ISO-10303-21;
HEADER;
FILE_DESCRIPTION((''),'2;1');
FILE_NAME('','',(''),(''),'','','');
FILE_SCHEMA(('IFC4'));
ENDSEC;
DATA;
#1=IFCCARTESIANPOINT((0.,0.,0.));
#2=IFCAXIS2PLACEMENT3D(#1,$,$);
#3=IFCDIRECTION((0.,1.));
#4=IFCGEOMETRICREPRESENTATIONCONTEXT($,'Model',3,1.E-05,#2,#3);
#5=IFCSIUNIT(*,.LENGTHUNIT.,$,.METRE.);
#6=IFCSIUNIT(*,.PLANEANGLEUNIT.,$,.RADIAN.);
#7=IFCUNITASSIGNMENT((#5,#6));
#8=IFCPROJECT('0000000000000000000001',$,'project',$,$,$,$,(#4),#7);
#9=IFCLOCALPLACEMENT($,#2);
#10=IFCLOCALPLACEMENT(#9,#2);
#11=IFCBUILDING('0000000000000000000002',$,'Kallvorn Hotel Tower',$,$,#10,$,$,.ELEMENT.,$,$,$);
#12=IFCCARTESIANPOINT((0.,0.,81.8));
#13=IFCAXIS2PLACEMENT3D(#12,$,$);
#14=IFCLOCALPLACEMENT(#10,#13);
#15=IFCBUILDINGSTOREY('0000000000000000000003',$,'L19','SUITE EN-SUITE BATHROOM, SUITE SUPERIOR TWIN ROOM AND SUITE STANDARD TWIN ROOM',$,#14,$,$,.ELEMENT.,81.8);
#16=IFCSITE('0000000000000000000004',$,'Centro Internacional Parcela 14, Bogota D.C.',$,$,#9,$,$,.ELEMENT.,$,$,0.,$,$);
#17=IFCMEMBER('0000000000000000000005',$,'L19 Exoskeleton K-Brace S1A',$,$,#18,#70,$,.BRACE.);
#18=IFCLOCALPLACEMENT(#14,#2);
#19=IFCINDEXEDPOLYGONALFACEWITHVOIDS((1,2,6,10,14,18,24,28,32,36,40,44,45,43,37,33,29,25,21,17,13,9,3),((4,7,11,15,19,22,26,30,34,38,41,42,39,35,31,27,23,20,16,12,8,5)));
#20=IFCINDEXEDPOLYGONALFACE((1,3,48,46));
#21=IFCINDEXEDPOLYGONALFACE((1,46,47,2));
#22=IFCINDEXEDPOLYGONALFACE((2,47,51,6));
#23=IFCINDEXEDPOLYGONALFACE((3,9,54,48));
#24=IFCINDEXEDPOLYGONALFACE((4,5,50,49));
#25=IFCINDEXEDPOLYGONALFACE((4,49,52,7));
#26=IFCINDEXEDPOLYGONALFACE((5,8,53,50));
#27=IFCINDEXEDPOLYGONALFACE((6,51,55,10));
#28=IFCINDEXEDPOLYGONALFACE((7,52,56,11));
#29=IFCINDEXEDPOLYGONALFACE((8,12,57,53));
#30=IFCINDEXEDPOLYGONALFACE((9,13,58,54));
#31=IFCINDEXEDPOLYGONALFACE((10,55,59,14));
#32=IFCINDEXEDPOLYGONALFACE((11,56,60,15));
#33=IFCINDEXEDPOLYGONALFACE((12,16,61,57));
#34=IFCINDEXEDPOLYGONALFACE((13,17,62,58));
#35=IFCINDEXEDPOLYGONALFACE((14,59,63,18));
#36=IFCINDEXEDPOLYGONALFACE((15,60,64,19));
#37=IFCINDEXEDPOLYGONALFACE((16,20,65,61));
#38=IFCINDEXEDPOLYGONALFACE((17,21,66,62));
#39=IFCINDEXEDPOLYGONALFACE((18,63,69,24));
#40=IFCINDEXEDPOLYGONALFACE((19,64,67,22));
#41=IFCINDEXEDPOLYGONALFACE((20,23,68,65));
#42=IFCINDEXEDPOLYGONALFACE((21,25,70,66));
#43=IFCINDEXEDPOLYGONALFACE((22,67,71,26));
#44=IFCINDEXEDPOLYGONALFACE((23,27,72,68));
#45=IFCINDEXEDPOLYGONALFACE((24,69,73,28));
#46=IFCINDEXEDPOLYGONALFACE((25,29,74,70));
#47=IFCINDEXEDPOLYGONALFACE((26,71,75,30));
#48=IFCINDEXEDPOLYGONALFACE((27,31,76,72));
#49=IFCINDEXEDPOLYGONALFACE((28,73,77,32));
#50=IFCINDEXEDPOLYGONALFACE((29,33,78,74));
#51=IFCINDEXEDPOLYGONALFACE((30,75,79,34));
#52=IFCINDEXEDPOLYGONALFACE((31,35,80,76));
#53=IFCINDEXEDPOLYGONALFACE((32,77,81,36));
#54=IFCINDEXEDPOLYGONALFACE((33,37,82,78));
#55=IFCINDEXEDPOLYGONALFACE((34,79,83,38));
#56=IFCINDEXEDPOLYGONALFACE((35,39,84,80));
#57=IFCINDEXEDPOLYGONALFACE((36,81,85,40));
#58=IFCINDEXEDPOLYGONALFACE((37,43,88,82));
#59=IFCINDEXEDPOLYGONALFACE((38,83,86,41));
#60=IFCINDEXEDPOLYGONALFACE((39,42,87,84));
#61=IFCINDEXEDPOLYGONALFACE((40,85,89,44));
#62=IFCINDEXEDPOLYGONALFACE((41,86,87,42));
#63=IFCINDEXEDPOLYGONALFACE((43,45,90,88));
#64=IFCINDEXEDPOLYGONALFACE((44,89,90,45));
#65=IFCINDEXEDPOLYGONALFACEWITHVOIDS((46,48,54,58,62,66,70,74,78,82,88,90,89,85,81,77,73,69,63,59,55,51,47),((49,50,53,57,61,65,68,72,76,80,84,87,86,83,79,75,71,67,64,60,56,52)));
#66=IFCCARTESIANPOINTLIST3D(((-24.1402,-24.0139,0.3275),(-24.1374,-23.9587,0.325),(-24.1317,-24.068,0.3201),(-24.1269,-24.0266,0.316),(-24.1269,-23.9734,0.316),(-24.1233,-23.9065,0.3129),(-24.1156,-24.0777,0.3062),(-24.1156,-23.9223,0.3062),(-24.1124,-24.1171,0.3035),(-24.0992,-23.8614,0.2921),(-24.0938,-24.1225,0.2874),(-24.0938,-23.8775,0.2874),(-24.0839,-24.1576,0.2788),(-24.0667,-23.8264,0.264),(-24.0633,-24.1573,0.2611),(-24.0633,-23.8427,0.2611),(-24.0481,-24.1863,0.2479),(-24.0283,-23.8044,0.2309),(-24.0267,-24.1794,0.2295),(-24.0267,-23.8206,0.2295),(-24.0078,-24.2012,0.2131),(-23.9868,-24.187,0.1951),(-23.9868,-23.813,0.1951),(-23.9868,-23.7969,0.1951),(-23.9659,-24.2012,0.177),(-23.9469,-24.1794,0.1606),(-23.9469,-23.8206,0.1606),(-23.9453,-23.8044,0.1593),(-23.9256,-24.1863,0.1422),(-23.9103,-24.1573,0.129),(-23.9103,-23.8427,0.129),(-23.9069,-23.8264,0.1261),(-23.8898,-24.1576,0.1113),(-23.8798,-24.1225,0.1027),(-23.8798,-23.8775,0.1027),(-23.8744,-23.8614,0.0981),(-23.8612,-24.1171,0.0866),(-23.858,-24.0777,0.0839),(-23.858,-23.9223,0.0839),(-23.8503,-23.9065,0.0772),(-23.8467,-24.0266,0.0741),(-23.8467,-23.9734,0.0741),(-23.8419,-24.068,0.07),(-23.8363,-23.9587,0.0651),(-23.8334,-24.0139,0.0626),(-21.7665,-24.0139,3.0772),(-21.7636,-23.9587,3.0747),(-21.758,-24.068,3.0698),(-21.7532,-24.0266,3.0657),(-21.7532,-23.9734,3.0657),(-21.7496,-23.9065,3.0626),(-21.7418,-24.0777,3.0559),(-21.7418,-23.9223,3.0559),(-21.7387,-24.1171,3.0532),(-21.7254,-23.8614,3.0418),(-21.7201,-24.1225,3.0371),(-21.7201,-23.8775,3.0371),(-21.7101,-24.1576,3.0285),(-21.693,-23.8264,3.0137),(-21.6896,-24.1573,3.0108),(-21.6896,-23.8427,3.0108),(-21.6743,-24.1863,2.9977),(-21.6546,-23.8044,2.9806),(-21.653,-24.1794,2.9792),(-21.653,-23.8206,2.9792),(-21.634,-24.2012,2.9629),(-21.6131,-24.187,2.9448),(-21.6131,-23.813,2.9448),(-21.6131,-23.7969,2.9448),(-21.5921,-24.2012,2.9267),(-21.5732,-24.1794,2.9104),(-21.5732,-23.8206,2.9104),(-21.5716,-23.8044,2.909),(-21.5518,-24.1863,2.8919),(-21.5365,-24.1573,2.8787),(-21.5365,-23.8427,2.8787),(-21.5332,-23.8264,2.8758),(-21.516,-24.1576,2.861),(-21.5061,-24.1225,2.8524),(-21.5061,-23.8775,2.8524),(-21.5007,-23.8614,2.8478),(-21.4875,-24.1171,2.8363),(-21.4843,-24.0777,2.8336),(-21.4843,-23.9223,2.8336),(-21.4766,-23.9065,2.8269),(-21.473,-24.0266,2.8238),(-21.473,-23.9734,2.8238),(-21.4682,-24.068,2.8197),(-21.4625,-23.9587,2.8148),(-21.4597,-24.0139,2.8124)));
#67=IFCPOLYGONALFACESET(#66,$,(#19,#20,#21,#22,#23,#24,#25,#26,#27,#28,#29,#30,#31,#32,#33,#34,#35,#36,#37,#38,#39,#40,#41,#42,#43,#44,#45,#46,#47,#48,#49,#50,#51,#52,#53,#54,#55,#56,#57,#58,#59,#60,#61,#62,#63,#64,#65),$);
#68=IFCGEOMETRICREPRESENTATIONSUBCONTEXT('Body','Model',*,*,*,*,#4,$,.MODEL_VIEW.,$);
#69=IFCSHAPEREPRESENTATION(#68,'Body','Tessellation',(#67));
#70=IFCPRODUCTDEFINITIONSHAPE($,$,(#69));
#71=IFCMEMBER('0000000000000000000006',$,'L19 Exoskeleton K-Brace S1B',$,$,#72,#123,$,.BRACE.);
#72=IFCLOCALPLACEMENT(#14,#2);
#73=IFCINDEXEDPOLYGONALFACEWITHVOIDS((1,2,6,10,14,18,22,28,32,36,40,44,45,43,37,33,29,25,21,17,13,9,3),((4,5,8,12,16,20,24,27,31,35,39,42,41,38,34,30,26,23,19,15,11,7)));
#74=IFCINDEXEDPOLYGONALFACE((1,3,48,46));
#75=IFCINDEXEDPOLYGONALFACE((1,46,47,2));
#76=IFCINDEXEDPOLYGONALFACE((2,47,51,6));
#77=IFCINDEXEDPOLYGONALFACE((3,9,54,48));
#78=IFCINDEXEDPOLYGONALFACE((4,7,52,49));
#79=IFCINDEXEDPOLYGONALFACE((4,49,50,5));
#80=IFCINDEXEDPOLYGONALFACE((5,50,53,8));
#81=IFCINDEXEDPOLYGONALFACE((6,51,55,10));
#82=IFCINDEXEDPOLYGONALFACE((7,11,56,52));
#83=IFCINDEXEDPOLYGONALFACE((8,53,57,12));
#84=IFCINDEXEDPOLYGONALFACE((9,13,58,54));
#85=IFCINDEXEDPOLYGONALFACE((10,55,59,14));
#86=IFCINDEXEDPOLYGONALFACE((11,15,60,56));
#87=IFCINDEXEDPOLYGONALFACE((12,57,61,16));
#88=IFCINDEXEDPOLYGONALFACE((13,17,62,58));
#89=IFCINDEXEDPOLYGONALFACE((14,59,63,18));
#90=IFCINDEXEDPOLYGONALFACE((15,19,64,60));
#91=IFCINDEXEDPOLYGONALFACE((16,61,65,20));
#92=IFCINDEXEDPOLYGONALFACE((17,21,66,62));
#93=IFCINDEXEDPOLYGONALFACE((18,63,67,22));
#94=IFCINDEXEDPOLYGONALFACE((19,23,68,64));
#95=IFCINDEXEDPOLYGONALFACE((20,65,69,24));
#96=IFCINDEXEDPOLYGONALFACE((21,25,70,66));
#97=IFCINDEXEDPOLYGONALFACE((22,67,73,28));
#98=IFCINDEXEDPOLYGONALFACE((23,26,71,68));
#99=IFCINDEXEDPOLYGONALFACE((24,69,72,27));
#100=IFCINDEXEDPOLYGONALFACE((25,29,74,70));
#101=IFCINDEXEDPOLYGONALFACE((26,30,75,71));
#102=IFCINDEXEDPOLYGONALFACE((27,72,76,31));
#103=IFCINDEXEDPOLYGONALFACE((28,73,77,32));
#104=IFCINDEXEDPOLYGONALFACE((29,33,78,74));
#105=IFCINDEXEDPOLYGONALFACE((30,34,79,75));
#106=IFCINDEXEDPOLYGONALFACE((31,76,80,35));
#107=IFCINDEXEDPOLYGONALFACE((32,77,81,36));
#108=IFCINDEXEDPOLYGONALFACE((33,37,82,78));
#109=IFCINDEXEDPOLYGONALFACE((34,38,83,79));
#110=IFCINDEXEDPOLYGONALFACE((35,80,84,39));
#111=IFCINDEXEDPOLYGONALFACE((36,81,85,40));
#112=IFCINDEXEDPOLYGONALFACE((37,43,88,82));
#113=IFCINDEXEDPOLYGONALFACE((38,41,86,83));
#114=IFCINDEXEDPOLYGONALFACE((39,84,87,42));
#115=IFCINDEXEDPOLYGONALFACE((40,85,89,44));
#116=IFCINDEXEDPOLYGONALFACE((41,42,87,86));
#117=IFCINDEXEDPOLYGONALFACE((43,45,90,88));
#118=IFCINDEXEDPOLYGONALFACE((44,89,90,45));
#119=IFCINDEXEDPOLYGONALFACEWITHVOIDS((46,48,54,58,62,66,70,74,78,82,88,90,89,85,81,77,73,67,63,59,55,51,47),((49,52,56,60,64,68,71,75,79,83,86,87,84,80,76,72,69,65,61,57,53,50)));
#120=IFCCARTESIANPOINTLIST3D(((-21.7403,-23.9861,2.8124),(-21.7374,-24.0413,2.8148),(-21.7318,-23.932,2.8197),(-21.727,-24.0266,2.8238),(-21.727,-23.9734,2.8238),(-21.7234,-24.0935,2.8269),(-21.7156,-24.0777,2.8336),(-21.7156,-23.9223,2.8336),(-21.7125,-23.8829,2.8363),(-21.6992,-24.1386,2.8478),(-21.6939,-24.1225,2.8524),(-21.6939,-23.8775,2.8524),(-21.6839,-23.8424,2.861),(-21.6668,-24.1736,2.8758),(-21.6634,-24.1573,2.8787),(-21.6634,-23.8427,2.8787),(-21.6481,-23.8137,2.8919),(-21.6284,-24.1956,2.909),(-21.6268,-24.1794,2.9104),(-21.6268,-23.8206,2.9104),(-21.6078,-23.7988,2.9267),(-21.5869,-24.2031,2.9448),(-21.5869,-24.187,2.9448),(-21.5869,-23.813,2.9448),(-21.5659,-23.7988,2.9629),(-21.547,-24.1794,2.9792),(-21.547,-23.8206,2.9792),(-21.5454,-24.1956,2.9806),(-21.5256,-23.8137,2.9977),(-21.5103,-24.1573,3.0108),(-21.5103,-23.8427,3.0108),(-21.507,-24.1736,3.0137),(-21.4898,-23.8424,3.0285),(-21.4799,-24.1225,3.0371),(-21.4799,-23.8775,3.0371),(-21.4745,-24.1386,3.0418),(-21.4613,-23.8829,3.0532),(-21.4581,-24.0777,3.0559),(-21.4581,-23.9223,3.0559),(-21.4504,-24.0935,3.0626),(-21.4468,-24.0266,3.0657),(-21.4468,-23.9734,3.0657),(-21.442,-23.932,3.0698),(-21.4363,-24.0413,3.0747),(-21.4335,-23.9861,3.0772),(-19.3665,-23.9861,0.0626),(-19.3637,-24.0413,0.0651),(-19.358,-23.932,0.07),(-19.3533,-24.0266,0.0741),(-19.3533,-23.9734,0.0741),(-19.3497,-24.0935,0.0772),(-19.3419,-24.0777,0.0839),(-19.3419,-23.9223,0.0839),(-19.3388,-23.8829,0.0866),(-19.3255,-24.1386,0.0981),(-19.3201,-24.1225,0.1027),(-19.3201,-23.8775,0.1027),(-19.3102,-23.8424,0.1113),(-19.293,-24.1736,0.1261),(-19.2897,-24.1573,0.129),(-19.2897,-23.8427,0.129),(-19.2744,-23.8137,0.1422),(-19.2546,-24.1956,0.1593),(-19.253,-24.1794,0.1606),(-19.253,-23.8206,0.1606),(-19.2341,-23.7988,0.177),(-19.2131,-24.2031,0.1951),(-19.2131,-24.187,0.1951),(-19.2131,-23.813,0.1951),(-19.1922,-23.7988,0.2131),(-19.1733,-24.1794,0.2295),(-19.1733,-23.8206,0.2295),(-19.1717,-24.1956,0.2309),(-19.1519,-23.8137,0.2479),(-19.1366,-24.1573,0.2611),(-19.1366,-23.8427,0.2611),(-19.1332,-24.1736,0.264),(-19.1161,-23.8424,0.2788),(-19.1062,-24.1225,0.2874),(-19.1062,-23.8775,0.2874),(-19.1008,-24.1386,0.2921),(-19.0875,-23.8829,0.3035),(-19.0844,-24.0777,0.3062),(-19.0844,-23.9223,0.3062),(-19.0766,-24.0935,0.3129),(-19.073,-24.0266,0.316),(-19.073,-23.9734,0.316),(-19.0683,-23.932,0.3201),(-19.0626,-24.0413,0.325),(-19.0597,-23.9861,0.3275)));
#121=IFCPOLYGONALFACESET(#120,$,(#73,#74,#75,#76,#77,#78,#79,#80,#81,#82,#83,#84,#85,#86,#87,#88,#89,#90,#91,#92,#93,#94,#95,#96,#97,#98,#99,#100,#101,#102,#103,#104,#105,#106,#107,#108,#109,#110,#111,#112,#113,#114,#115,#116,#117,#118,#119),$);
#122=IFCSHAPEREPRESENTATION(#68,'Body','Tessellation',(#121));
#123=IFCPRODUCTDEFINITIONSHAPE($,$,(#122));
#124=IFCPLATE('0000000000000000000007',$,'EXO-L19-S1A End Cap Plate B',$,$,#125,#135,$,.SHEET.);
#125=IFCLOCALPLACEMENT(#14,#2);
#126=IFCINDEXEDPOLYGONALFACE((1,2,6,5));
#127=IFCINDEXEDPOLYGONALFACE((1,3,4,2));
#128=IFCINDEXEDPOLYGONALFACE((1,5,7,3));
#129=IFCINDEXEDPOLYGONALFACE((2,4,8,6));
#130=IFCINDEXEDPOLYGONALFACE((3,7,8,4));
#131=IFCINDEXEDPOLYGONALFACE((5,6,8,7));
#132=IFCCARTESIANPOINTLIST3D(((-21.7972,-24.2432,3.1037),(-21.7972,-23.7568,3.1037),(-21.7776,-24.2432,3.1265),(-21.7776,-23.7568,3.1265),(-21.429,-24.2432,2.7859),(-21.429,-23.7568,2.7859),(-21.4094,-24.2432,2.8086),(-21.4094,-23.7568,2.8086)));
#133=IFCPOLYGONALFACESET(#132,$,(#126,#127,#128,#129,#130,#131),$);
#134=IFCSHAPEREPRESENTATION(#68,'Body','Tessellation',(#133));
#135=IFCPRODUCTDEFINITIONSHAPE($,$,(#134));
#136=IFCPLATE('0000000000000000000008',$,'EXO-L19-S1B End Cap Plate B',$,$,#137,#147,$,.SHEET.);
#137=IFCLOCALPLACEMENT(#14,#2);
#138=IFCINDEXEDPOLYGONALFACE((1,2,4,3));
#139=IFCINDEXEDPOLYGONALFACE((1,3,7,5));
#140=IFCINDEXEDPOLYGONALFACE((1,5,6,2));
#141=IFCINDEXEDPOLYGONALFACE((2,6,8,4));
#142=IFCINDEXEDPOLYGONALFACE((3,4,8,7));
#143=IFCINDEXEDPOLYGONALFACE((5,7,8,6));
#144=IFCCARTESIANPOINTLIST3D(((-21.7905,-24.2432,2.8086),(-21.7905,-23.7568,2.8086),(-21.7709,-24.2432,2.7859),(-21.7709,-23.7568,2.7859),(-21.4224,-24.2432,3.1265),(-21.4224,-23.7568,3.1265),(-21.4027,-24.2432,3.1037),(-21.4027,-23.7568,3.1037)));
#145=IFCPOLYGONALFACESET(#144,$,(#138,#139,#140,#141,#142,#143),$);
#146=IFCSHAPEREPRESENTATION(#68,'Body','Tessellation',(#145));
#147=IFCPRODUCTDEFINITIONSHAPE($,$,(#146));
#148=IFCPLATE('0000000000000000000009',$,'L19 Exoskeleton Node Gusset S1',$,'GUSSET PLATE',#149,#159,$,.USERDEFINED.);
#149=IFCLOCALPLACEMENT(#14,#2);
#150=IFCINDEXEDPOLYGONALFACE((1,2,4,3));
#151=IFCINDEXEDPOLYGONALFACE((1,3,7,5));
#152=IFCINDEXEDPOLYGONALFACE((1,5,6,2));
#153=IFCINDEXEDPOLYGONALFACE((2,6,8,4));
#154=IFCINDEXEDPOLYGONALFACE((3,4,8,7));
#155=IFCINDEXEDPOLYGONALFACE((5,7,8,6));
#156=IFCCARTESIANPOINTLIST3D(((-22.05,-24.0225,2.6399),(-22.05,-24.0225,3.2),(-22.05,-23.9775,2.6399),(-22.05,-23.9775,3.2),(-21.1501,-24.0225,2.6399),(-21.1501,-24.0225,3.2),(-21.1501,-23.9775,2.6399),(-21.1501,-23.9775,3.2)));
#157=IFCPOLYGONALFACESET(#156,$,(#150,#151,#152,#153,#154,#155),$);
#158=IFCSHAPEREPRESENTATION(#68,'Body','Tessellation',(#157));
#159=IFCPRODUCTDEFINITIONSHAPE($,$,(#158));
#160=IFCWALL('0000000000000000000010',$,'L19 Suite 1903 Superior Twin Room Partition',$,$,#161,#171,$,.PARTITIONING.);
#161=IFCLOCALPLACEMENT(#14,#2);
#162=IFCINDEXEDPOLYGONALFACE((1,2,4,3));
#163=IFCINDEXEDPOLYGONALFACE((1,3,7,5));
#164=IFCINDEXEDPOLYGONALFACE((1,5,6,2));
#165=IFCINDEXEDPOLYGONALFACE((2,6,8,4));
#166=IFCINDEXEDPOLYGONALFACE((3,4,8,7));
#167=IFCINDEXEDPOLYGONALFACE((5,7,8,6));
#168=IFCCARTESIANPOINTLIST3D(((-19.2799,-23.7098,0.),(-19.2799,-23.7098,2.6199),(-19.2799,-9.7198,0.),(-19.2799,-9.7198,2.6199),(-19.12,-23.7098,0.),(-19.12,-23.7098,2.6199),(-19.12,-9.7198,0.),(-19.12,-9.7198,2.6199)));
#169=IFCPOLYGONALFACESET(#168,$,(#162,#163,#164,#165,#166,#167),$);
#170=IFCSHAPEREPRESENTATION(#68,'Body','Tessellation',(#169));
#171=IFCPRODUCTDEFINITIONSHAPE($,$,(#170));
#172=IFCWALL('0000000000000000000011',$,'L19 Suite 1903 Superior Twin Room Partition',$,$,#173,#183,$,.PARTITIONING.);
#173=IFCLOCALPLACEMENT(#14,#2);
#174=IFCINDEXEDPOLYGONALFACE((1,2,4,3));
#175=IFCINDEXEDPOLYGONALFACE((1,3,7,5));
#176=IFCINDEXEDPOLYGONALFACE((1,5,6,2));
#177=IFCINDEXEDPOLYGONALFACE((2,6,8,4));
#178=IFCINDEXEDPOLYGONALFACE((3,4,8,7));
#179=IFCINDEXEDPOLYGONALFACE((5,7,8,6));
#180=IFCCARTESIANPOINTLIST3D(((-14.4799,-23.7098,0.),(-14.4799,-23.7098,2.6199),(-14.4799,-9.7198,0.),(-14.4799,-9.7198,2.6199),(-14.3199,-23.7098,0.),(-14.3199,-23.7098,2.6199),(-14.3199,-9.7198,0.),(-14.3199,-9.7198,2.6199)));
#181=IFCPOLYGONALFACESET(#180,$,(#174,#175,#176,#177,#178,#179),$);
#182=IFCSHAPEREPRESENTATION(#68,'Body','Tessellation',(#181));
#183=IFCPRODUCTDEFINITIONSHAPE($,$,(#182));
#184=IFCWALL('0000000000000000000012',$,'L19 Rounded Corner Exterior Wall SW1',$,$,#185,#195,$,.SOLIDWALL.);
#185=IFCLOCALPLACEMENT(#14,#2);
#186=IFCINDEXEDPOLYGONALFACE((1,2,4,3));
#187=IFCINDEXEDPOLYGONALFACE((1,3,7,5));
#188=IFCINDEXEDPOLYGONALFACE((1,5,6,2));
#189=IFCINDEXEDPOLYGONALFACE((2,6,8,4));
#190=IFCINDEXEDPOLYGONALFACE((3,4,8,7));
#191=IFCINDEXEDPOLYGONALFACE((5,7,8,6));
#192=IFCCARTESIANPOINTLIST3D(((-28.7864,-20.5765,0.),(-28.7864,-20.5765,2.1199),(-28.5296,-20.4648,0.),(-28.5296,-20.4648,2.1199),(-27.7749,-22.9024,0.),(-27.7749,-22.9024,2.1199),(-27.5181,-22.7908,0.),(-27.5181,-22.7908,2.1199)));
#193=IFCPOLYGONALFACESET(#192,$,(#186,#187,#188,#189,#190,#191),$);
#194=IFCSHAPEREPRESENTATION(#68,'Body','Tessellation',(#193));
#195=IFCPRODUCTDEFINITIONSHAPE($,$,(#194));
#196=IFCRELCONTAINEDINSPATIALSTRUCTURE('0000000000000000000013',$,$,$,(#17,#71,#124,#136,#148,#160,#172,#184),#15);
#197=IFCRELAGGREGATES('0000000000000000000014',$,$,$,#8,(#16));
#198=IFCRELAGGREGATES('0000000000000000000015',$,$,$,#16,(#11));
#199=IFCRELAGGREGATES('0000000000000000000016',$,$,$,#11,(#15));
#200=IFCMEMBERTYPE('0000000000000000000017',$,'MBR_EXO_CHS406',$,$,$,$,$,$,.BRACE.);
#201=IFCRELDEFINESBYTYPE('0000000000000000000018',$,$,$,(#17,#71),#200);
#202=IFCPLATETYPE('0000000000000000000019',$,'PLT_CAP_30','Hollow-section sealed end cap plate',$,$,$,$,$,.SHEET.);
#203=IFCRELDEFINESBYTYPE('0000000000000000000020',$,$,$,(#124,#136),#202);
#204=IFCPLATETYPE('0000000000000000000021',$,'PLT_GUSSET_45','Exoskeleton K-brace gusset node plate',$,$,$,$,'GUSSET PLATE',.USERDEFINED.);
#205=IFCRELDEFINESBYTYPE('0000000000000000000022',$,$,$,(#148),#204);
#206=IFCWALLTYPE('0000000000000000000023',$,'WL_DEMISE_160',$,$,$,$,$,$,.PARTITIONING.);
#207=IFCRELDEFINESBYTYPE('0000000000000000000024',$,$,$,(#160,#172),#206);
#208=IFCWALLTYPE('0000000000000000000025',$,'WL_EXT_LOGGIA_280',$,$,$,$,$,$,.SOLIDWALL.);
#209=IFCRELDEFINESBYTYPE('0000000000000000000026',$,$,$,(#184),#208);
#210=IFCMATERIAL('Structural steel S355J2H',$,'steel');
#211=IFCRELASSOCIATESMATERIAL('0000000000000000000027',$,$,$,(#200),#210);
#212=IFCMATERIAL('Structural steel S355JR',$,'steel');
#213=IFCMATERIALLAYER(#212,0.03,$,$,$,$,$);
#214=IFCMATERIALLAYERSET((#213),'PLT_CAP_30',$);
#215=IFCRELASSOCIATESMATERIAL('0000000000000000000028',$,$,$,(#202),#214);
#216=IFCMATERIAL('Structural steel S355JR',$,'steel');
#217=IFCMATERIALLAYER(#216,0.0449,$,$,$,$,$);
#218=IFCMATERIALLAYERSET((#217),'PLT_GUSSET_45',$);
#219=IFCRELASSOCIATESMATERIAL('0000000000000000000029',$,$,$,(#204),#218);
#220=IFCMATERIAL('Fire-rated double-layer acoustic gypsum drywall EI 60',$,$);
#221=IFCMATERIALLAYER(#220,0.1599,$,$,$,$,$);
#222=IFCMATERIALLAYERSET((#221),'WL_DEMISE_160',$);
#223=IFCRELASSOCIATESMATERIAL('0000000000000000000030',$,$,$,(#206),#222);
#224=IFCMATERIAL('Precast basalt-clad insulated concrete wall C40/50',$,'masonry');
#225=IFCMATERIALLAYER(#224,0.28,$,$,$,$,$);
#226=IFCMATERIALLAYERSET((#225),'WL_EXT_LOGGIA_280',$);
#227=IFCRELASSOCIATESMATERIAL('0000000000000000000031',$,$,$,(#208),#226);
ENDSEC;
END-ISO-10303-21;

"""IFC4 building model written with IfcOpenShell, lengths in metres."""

from ifc_helpers import new_model, si_unit, direction, frame, frame_2d, origin, origin_2d, place, context, subcontext, project, spatial, polyline, rectangle, hollow_circle, outline, extrude, material, layer, layer_set, material_profile, profile_set, type_object, element, save


model = new_model("IFC4")

# Units and contexts
model_context = context("Model", 3, precision=1e-05, world=origin(), true_north=direction((0.0, 1.0)))
body_context = subcontext(model_context, "Body", "Model", "MODEL_VIEW")
ifc_project = project(units=[si_unit("LENGTHUNIT", "METRE"), si_unit("PLANEANGLEUNIT", "RADIAN")], contexts=[model_context])

# Site, building, storey
site_placement = place(None, origin())
site = spatial("IfcSite", under=ifc_project, at=site_placement, Name="Centro Internacional Parcela 14, Bogota D.C.", CompositionType="ELEMENT", RefElevation=0.0)
building_placement = place(site_placement, origin())
building = spatial("IfcBuilding", under=site, at=building_placement, Name="Kallvorn Hotel Tower", CompositionType="ELEMENT")
storey_placement = place(building_placement, frame((0.0, 0.0, 81.8)))
storey = spatial("IfcBuildingStorey", under=building, at=storey_placement, Name="L19", Description="SUITE EN-SUITE BATHROOM, SUITE SUPERIOR TWIN ROOM AND SUITE STANDARD TWIN ROOM", CompositionType="ELEMENT", Elevation=81.8)

# Members
ifc_material_1 = material(Name="Structural steel S355J2H", Category="steel")
ifc_material_profile_1 = material_profile(ifc_material_1, hollow_circle(Radius=0.2031, WallThickness=0.0161, at=origin_2d()), Name="CHS 406.4x16")
ifc_profile_set_1 = profile_set([ifc_material_profile_1], Name="Structural steel S355J2H")
member_type = type_object("IfcMemberType", Name="MBR_EXO_CHS406", PredefinedType="BRACE", material=ifc_profile_set_1)
for number, where, z_axis, x_axis, name in (
    (1, (-23.9868, -24.0, 0.1951), (0.653461, 0.0, 0.756961), (0.0, 1.0, 0.0), "L19 Exoskeleton K-Brace S1A"),
    (2, (-19.2131, -24.0, 0.1951), (-0.653461, 0.0, 0.756961), (0.0, -1.0, 0.0), "L19 Exoskeleton K-Brace S1B"),
):
    element("IfcMember", number, at=place(storey_placement, frame(where, z_axis=z_axis, x_axis=x_axis)), inside=storey, type_object=member_type, Name=name, PredefinedType="BRACE", context=body_context, shape_type="SweptSolid", body=[
        extrude(hollow_circle(Radius=0.2031, WallThickness=0.0161, at=origin_2d()), origin(), (0.0, 0.0, 1.0), 3.6326),
    ])

# Plates
ifc_material_2 = material(Name="Structural steel S355JR", Category="steel")
ifc_layer_1 = layer(ifc_material_2, 0.03)
ifc_layer_set_1 = layer_set([ifc_layer_1], Name="PLT_CAP_30")
plate_type_1 = type_object("IfcPlateType", Name="PLT_CAP_30", Description="Hollow-section sealed end cap plate", PredefinedType="SHEET", material=ifc_layer_set_1)
for number, where, z_axis, x_axis, name in (
    (3, (-21.4094, -24.2432, 2.8086), (0.653515, 0.0, 0.756913), (0.0, 1.0, 0.0), "EXO-L19-S1A End Cap Plate B"),
    (4, (-21.7905, -23.7568, 2.8086), (-0.653515, 0.0, 0.756913), (0.0, -1.0, 0.0), "EXO-L19-S1B End Cap Plate B"),
):
    element("IfcPlate", number, at=place(storey_placement, frame(where, z_axis=z_axis, x_axis=x_axis)), inside=storey, type_object=plate_type_1, Name=name, PredefinedType="SHEET", context=body_context, shape_type="SweptSolid", body=[
        extrude(outline(polyline([(0.0, 0.0), (0.4863, 0.0), (0.4863, 0.4864), (0.0, 0.4864), (0.0, 0.0)])), origin(), (0.0, 0.0, -1.0), 0.03),
    ])
ifc_material_3 = material(Name="Structural steel S355JR", Category="steel")
ifc_layer_2 = layer(ifc_material_3, 0.0449)
ifc_layer_set_2 = layer_set([ifc_layer_2], Name="PLT_GUSSET_45")
plate_type_2 = type_object("IfcPlateType", Name="PLT_GUSSET_45", Description="Exoskeleton K-brace gusset node plate", ElementType="GUSSET PLATE", PredefinedType="USERDEFINED", material=ifc_layer_set_2)
plate_placement = place(storey_placement, frame((-21.6001, -24.0, 2.6399), z_axis=(0.0, 0.0, 1.0), x_axis=(1.0, 0.0, 0.0)))
element("IfcPlate", 5, at=plate_placement, inside=storey, type_object=plate_type_2, Name="L19 Exoskeleton Node Gusset S1", ObjectType="GUSSET PLATE", PredefinedType="USERDEFINED", context=body_context, shape_type="SweptSolid", body=[
    extrude(rectangle(XDim=0.8999, YDim=0.0449, at=origin_2d()), origin(), (0.0, 0.0, 1.0), 0.5601),
])

# Walls
ifc_material_4 = material(Name="Fire-rated double-layer acoustic gypsum drywall EI 60")
ifc_layer_3 = layer(ifc_material_4, 0.1599)
ifc_layer_set_3 = layer_set([ifc_layer_3], Name="WL_DEMISE_160")
wall_type_1 = type_object("IfcWallType", Name="WL_DEMISE_160", PredefinedType="PARTITIONING", material=ifc_layer_set_3)
for number, where, z_axis, x_axis, name in (
    (6, (-19.2, -23.71, 0.0), (0.0, 0.0, 1.0), (0.0, 1.0, 0.0), "L19 Suite 1903 Superior Twin Room Partition"),
    (7, (-14.3999, -23.71, 0.0), (0.0, 0.0, 1.0), (0.0, 1.0, 0.0), "L19 Suite 1903 Superior Twin Room Partition"),
):
    element("IfcWall", number, at=place(storey_placement, frame(where, z_axis=z_axis, x_axis=x_axis)), inside=storey, type_object=wall_type_1, Name=name, PredefinedType="PARTITIONING", context=body_context, shape_type="SweptSolid", body=[
        extrude(rectangle(XDim=13.99, YDim=0.1599, at=frame_2d((6.9951, 0.0))), origin(), (0.0, 0.0, 1.0), 2.6199),
    ])
ifc_material_5 = material(Name="Precast basalt-clad insulated concrete wall C40/50", Category="masonry")
ifc_layer_4 = layer(ifc_material_5, 0.28)
ifc_layer_set_4 = layer_set([ifc_layer_4], Name="WL_EXT_LOGGIA_280")
wall_type_2 = type_object("IfcWallType", Name="WL_EXT_LOGGIA_280", PredefinedType="SOLIDWALL", material=ifc_layer_set_4)
wall_1_placement = place(storey_placement, frame((-28.658, -20.5208, 0.0), z_axis=(0.0, 0.0, 1.0), x_axis=(0.398793, -0.917041, 0.0)))
element("IfcWall", 8, at=wall_1_placement, inside=storey, type_object=wall_type_2, Name="L19 Rounded Corner Exterior Wall SW1", PredefinedType="SOLIDWALL", context=body_context, shape_type="SweptSolid", body=[
    extrude(rectangle(XDim=2.5364, YDim=0.28, at=frame_2d((1.2681, 0.0))), origin(), (0.0, 0.0, 1.0), 2.1199),
])

save(model, "model.ifc")
